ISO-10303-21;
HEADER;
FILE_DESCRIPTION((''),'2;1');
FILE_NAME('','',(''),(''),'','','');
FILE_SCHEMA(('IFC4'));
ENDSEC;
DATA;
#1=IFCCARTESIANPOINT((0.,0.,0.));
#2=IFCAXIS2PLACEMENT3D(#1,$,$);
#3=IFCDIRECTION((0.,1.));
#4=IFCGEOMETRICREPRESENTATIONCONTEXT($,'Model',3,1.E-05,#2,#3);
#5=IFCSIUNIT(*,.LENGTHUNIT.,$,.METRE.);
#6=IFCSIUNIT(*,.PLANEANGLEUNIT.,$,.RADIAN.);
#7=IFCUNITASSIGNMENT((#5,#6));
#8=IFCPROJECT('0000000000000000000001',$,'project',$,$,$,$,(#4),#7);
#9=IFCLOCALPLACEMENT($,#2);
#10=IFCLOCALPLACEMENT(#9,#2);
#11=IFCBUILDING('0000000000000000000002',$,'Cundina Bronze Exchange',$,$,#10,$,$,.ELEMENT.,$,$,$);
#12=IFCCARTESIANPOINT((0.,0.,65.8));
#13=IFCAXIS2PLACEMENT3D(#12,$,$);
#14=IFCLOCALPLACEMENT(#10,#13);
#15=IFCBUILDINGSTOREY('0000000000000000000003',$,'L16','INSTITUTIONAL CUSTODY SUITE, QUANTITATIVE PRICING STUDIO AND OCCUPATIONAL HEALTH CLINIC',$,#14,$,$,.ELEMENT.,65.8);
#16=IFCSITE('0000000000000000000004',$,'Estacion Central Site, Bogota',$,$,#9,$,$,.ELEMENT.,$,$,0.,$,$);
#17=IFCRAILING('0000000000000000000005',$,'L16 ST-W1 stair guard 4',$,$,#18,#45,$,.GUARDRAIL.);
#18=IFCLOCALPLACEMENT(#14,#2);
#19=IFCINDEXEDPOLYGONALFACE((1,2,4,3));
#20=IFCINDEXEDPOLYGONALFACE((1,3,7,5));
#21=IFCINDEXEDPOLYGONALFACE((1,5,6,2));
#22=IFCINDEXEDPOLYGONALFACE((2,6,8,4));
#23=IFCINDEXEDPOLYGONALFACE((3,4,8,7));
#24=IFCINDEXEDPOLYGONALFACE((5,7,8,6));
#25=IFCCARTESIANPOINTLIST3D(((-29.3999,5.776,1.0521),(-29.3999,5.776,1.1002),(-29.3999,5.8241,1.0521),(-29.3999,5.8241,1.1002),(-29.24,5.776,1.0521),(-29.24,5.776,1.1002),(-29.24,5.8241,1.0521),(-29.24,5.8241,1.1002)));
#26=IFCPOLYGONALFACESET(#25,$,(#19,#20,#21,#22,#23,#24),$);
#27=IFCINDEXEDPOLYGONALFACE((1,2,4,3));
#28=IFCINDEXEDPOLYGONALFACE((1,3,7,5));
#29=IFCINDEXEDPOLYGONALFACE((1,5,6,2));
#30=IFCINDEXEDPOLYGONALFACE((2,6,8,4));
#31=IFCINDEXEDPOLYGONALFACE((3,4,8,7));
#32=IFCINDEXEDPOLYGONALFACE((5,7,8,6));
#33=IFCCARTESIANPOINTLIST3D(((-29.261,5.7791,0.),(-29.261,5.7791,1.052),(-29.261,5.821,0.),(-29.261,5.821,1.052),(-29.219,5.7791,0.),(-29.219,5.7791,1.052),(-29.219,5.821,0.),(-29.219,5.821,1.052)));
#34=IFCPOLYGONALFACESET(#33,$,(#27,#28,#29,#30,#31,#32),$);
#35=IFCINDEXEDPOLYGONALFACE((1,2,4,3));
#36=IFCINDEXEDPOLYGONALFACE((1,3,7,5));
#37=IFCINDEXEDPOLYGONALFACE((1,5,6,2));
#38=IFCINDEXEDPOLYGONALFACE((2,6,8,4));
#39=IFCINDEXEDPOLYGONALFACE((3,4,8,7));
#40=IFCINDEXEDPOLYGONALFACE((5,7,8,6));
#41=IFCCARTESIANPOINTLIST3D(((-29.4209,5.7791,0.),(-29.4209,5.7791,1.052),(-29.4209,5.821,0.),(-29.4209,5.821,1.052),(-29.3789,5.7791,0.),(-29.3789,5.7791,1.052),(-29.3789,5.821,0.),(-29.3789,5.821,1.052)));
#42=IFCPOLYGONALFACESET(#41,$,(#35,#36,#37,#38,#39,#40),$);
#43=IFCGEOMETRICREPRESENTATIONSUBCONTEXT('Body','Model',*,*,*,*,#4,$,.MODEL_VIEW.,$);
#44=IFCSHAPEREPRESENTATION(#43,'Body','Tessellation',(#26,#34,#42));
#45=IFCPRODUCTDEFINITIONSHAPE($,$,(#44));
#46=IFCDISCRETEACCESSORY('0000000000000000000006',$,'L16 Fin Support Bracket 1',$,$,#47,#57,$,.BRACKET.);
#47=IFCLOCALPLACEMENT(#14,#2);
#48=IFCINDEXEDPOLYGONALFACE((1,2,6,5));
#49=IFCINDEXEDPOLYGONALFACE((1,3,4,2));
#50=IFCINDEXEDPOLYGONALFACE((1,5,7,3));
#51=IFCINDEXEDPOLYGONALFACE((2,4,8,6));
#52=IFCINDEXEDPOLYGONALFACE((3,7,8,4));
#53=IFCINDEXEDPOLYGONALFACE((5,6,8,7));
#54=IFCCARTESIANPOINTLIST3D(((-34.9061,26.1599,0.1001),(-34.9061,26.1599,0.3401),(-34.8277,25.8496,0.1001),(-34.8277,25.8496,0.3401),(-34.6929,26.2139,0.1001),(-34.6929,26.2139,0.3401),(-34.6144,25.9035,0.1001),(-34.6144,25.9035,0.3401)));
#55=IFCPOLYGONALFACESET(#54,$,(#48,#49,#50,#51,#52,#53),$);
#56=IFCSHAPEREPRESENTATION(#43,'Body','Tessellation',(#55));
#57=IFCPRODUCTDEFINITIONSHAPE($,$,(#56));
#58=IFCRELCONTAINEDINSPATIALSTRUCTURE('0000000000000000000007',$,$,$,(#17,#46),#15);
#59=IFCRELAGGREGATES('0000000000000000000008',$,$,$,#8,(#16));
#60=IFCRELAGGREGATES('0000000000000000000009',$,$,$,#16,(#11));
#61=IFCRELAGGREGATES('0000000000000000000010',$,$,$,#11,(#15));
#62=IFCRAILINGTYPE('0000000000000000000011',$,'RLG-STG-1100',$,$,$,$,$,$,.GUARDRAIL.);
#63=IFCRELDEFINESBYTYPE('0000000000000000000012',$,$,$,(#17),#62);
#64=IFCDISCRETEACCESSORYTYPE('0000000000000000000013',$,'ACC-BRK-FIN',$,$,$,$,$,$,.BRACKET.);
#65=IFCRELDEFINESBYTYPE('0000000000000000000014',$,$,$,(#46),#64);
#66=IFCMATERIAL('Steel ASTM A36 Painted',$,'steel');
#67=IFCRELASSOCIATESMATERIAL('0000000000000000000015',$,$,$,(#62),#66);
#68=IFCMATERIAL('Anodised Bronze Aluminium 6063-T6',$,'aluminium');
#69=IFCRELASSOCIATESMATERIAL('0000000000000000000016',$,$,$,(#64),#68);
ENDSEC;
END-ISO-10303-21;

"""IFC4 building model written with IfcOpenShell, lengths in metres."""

from ifc_helpers import new_model, si_unit, direction, frame, origin, origin_2d, place, context, subcontext, project, spatial, rectangle, extrude, material, type_object, element, save


model = new_model("IFC4")

# Units and contexts
model_context = context("Model", 3, precision=1e-05, world=origin(), true_north=direction((0.0, 1.0)))
body_context = subcontext(model_context, "Body", "Model", "MODEL_VIEW")
ifc_project = project(units=[si_unit("LENGTHUNIT", "METRE"), si_unit("PLANEANGLEUNIT", "RADIAN")], contexts=[model_context])

# Site, building, storey
site_placement = place(None, origin())
site = spatial("IfcSite", under=ifc_project, at=site_placement, Name="Estacion Central Site, Bogota", CompositionType="ELEMENT", RefElevation=0.0)
building_placement = place(site_placement, origin())
building = spatial("IfcBuilding", under=site, at=building_placement, Name="Cundina Bronze Exchange", CompositionType="ELEMENT")
storey_placement = place(building_placement, frame((0.0, 0.0, 65.8)))
storey = spatial("IfcBuildingStorey", under=building, at=storey_placement, Name="L16", Description="INSTITUTIONAL CUSTODY SUITE, QUANTITATIVE PRICING STUDIO AND OCCUPATIONAL HEALTH CLINIC", CompositionType="ELEMENT", Elevation=65.8)

# Shared definitions
ifc_material_1 = material(Name="Anodised Bronze Aluminium 6063-T6", Category="aluminium")

# Shared definitions
ifc_material_2 = material(Name="Steel ASTM A36 Painted", Category="steel")

# Railing
railing_type_1 = type_object("IfcRailingType", Name="RLG-STG-1100", PredefinedType="GUARDRAIL", material=ifc_material_2)
railing_1_placement = place(storey_placement, frame((-29.24, 5.8, 0.0)))
element("IfcRailing", 1, at=railing_1_placement, inside=storey, type_object=railing_type_1, Name="L16 ST-W1 stair guard 4", PredefinedType="GUARDRAIL", context=body_context, shape_type="SweptSolid", body=[
    extrude(rectangle(XDim=0.0481, YDim=0.0481, at=origin_2d()), frame((0.0, 0.0, 1.0762), z_axis=(-1.0, 0.0, 0.0), x_axis=(0.0, -1.0, 0.0)), (0.0, 0.0, 1.0), 0.1599),
    extrude(rectangle(XDim=0.042, YDim=0.042, at=origin_2d()), origin(), (0.0, 0.0, 1.0), 1.052),
    extrude(rectangle(XDim=0.042, YDim=0.042, at=origin_2d()), frame((-0.1599, 0.0, 0.0)), (0.0, 0.0, 1.0), 1.052),
])

# Discrete accessory
discrete_accessory_type = type_object("IfcDiscreteAccessoryType", Name="ACC-BRK-FIN", PredefinedType="BRACKET", material=ifc_material_1)
discrete_accessory_placement = place(storey_placement, frame((-34.7603, 26.0317, 0.1001), z_axis=(0.0, 0.0, 1.0), x_axis=(-0.969488, -0.245138, 0.0)))
element("IfcDiscreteAccessory", 2, at=discrete_accessory_placement, inside=storey, type_object=discrete_accessory_type, Name="L16 Fin Support Bracket 1", PredefinedType="BRACKET", context=body_context, shape_type="SweptSolid", body=[
    extrude(rectangle(XDim=0.22, YDim=0.3201, at=origin_2d()), origin(), (0.0, 0.0, 1.0), 0.24),
])

save(model, "model.ifc")
